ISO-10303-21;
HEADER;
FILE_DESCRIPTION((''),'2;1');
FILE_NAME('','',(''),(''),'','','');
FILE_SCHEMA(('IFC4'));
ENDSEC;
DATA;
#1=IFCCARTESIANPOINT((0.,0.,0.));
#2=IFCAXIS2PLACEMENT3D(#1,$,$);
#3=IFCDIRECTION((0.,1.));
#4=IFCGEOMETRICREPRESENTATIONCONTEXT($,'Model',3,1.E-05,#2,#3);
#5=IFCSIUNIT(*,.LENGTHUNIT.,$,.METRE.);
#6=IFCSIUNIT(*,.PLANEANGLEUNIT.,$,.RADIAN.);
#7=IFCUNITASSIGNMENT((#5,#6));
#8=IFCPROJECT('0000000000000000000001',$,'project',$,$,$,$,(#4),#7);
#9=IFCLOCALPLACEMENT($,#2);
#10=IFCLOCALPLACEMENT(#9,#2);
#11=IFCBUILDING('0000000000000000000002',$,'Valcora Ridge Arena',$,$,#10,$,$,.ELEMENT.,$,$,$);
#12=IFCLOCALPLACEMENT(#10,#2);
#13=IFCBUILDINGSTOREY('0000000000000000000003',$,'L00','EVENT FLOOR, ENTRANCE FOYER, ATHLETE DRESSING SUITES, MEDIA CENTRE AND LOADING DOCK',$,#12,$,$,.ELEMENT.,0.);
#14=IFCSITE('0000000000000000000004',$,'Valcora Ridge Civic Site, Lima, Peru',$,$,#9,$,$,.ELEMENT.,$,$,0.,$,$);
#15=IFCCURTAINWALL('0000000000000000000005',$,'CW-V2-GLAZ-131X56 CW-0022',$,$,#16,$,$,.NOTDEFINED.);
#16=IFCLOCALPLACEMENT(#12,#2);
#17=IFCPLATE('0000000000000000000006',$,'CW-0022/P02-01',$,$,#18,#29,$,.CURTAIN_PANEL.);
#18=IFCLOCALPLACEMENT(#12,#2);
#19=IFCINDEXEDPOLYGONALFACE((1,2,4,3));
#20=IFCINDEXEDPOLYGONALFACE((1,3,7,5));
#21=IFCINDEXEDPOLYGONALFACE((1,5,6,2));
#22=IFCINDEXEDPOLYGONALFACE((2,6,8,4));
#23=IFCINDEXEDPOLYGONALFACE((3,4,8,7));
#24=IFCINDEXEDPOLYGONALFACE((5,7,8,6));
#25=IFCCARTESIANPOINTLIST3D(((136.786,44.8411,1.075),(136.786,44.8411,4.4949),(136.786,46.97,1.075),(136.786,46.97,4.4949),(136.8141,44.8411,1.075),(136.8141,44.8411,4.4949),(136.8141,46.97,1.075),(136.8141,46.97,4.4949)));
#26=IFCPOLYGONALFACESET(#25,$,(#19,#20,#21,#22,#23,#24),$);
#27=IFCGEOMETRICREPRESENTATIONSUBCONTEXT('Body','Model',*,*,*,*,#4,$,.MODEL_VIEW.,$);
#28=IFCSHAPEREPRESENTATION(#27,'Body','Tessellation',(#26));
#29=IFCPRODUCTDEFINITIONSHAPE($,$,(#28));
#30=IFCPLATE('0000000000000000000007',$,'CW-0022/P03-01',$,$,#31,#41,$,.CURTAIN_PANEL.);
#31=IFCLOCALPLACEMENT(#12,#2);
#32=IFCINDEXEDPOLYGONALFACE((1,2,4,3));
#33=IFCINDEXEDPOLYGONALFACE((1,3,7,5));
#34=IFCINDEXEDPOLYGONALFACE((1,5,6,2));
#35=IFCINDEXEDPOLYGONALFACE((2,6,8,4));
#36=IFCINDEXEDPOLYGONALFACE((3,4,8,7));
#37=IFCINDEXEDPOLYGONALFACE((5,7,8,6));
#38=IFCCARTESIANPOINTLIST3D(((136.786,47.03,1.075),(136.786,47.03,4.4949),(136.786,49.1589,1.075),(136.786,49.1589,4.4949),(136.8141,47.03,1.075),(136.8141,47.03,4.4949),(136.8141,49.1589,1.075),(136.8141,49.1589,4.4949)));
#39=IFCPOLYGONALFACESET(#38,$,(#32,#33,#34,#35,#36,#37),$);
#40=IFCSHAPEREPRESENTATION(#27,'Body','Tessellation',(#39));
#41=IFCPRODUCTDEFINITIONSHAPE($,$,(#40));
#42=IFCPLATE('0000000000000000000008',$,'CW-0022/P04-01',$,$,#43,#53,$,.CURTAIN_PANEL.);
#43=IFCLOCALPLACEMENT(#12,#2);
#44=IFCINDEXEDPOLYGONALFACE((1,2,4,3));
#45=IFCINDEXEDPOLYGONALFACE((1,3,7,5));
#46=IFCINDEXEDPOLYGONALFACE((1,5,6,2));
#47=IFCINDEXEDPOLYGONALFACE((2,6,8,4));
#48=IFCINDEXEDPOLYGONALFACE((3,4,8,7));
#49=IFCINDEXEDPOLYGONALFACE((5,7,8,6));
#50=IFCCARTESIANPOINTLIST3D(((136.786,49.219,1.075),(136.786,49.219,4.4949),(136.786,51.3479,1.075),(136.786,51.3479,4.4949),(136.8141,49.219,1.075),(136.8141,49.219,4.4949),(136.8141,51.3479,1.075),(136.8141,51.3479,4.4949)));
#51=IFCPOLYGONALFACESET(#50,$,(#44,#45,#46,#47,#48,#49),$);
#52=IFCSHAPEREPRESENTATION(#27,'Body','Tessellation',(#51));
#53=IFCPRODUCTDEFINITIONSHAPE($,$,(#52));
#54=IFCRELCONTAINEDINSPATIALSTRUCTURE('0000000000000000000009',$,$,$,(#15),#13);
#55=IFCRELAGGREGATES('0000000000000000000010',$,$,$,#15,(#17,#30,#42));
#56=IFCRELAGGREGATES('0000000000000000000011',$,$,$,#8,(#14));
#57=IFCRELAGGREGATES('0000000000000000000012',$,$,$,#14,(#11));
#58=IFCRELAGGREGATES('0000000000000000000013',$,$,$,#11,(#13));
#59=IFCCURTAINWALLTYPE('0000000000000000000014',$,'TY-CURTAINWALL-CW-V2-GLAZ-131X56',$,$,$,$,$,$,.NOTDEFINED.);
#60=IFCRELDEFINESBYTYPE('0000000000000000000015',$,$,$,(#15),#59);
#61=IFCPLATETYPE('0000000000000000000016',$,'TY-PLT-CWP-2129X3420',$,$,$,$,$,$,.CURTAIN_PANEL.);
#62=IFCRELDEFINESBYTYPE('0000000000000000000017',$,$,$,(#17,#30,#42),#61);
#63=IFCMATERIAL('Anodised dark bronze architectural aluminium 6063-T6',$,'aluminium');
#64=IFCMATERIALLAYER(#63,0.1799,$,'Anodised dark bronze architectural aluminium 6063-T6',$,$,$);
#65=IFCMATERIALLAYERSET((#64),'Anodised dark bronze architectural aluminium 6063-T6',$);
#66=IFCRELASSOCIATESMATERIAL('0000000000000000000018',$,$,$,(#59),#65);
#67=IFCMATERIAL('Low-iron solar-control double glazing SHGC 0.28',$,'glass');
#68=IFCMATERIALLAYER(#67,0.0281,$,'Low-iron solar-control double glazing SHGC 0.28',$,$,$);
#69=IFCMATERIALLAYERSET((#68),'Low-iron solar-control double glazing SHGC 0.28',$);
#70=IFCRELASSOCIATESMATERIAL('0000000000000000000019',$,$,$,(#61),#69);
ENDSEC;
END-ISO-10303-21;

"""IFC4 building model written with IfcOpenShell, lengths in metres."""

from ifc_helpers import new_model, si_unit, direction, frame, origin, origin_2d, place, context, subcontext, project, spatial, rectangle, extrude, material, layer, layer_set, type_object, element, aggregate, save


model = new_model("IFC4")

# Units and contexts
model_context = context("Model", 3, precision=1e-05, world=origin(), true_north=direction((0.0, 1.0)))
body_context = subcontext(model_context, "Body", "Model", "MODEL_VIEW")
ifc_project = project(units=[si_unit("LENGTHUNIT", "METRE"), si_unit("PLANEANGLEUNIT", "RADIAN")], contexts=[model_context])

# Site, building, storey
site_placement = place(None, origin())
site = spatial("IfcSite", under=ifc_project, at=site_placement, Name="Valcora Ridge Civic Site, Lima, Peru", CompositionType="ELEMENT", RefElevation=0.0)
building_placement = place(site_placement, origin())
building = spatial("IfcBuilding", under=site, at=building_placement, Name="Valcora Ridge Arena", CompositionType="ELEMENT")
storey_placement = place(building_placement, origin())
storey = spatial("IfcBuildingStorey", under=building, at=storey_placement, Name="L00", Description="EVENT FLOOR, ENTRANCE FOYER, ATHLETE DRESSING SUITES, MEDIA CENTRE AND LOADING DOCK", CompositionType="ELEMENT", Elevation=0.0)

# Shared definitions
ifc_material_1 = material(Name="Anodised dark bronze architectural aluminium 6063-T6", Category="aluminium")

# Curtain wall
ifc_layer_1 = layer(ifc_material_1, 0.1799, Name="Anodised dark bronze architectural aluminium 6063-T6")
ifc_layer_set_1 = layer_set([ifc_layer_1], Name="Anodised dark bronze architectural aluminium 6063-T6")
curtain_wall_type_1 = type_object("IfcCurtainWallType", Name="TY-CURTAINWALL-CW-V2-GLAZ-131X56", PredefinedType="NOTDEFINED", material=ifc_layer_set_1)
curtain_wall_1_placement = place(storey_placement, origin())
curtain_wall_1 = element("IfcCurtainWall", 1, at=curtain_wall_1_placement, inside=storey, type_object=curtain_wall_type_1, Name="CW-V2-GLAZ-131X56 CW-0022", PredefinedType="NOTDEFINED")

# Plates
ifc_material_2 = material(Name="Low-iron solar-control double glazing SHGC 0.28", Category="glass")
ifc_layer_2 = layer(ifc_material_2, 0.0281, Name="Low-iron solar-control double glazing SHGC 0.28")
ifc_layer_set_2 = layer_set([ifc_layer_2], Name="Low-iron solar-control double glazing SHGC 0.28")
plate_type_1 = type_object("IfcPlateType", Name="TY-PLT-CWP-2129X3420", PredefinedType="CURTAIN_PANEL", material=ifc_layer_set_2)
plate_1_placement = place(storey_placement, frame((136.8, 45.9055, 1.075), z_axis=(0.0, 0.0, 1.0), x_axis=(0.0, 1.0, 0.0)))
plate_1 = element("IfcPlate", 2, at=plate_1_placement, type_object=plate_type_1, Name="CW-0022/P02-01", PredefinedType="CURTAIN_PANEL", context=body_context, shape_type="SweptSolid", body=[
    extrude(rectangle(XDim=2.1289, YDim=0.0281, at=origin_2d()), origin(), (0.0, 0.0, 1.0), 3.4199),
])
plate_2_placement = place(storey_placement, frame((136.8, 48.0945, 1.075), z_axis=(0.0, 0.0, 1.0), x_axis=(0.0, 1.0, 0.0)))
plate_2 = element("IfcPlate", 3, at=plate_2_placement, type_object=plate_type_1, Name="CW-0022/P03-01", PredefinedType="CURTAIN_PANEL", context=body_context, shape_type="SweptSolid", body=[
    extrude(rectangle(XDim=2.1289, YDim=0.0281, at=origin_2d()), origin(), (0.0, 0.0, 1.0), 3.4199),
])
plate_3_placement = place(storey_placement, frame((136.8, 50.2834, 1.075), z_axis=(0.0, 0.0, 1.0), x_axis=(0.0, 1.0, 0.0)))
plate_3 = element("IfcPlate", 4, at=plate_3_placement, type_object=plate_type_1, Name="CW-0022/P04-01", PredefinedType="CURTAIN_PANEL", context=body_context, shape_type="SweptSolid", body=[
    extrude(rectangle(XDim=2.1289, YDim=0.0281, at=origin_2d()), origin(), (0.0, 0.0, 1.0), 3.4199),
])
aggregate(curtain_wall_1, [plate_1, plate_2, plate_3])

save(model, "model.ifc")
